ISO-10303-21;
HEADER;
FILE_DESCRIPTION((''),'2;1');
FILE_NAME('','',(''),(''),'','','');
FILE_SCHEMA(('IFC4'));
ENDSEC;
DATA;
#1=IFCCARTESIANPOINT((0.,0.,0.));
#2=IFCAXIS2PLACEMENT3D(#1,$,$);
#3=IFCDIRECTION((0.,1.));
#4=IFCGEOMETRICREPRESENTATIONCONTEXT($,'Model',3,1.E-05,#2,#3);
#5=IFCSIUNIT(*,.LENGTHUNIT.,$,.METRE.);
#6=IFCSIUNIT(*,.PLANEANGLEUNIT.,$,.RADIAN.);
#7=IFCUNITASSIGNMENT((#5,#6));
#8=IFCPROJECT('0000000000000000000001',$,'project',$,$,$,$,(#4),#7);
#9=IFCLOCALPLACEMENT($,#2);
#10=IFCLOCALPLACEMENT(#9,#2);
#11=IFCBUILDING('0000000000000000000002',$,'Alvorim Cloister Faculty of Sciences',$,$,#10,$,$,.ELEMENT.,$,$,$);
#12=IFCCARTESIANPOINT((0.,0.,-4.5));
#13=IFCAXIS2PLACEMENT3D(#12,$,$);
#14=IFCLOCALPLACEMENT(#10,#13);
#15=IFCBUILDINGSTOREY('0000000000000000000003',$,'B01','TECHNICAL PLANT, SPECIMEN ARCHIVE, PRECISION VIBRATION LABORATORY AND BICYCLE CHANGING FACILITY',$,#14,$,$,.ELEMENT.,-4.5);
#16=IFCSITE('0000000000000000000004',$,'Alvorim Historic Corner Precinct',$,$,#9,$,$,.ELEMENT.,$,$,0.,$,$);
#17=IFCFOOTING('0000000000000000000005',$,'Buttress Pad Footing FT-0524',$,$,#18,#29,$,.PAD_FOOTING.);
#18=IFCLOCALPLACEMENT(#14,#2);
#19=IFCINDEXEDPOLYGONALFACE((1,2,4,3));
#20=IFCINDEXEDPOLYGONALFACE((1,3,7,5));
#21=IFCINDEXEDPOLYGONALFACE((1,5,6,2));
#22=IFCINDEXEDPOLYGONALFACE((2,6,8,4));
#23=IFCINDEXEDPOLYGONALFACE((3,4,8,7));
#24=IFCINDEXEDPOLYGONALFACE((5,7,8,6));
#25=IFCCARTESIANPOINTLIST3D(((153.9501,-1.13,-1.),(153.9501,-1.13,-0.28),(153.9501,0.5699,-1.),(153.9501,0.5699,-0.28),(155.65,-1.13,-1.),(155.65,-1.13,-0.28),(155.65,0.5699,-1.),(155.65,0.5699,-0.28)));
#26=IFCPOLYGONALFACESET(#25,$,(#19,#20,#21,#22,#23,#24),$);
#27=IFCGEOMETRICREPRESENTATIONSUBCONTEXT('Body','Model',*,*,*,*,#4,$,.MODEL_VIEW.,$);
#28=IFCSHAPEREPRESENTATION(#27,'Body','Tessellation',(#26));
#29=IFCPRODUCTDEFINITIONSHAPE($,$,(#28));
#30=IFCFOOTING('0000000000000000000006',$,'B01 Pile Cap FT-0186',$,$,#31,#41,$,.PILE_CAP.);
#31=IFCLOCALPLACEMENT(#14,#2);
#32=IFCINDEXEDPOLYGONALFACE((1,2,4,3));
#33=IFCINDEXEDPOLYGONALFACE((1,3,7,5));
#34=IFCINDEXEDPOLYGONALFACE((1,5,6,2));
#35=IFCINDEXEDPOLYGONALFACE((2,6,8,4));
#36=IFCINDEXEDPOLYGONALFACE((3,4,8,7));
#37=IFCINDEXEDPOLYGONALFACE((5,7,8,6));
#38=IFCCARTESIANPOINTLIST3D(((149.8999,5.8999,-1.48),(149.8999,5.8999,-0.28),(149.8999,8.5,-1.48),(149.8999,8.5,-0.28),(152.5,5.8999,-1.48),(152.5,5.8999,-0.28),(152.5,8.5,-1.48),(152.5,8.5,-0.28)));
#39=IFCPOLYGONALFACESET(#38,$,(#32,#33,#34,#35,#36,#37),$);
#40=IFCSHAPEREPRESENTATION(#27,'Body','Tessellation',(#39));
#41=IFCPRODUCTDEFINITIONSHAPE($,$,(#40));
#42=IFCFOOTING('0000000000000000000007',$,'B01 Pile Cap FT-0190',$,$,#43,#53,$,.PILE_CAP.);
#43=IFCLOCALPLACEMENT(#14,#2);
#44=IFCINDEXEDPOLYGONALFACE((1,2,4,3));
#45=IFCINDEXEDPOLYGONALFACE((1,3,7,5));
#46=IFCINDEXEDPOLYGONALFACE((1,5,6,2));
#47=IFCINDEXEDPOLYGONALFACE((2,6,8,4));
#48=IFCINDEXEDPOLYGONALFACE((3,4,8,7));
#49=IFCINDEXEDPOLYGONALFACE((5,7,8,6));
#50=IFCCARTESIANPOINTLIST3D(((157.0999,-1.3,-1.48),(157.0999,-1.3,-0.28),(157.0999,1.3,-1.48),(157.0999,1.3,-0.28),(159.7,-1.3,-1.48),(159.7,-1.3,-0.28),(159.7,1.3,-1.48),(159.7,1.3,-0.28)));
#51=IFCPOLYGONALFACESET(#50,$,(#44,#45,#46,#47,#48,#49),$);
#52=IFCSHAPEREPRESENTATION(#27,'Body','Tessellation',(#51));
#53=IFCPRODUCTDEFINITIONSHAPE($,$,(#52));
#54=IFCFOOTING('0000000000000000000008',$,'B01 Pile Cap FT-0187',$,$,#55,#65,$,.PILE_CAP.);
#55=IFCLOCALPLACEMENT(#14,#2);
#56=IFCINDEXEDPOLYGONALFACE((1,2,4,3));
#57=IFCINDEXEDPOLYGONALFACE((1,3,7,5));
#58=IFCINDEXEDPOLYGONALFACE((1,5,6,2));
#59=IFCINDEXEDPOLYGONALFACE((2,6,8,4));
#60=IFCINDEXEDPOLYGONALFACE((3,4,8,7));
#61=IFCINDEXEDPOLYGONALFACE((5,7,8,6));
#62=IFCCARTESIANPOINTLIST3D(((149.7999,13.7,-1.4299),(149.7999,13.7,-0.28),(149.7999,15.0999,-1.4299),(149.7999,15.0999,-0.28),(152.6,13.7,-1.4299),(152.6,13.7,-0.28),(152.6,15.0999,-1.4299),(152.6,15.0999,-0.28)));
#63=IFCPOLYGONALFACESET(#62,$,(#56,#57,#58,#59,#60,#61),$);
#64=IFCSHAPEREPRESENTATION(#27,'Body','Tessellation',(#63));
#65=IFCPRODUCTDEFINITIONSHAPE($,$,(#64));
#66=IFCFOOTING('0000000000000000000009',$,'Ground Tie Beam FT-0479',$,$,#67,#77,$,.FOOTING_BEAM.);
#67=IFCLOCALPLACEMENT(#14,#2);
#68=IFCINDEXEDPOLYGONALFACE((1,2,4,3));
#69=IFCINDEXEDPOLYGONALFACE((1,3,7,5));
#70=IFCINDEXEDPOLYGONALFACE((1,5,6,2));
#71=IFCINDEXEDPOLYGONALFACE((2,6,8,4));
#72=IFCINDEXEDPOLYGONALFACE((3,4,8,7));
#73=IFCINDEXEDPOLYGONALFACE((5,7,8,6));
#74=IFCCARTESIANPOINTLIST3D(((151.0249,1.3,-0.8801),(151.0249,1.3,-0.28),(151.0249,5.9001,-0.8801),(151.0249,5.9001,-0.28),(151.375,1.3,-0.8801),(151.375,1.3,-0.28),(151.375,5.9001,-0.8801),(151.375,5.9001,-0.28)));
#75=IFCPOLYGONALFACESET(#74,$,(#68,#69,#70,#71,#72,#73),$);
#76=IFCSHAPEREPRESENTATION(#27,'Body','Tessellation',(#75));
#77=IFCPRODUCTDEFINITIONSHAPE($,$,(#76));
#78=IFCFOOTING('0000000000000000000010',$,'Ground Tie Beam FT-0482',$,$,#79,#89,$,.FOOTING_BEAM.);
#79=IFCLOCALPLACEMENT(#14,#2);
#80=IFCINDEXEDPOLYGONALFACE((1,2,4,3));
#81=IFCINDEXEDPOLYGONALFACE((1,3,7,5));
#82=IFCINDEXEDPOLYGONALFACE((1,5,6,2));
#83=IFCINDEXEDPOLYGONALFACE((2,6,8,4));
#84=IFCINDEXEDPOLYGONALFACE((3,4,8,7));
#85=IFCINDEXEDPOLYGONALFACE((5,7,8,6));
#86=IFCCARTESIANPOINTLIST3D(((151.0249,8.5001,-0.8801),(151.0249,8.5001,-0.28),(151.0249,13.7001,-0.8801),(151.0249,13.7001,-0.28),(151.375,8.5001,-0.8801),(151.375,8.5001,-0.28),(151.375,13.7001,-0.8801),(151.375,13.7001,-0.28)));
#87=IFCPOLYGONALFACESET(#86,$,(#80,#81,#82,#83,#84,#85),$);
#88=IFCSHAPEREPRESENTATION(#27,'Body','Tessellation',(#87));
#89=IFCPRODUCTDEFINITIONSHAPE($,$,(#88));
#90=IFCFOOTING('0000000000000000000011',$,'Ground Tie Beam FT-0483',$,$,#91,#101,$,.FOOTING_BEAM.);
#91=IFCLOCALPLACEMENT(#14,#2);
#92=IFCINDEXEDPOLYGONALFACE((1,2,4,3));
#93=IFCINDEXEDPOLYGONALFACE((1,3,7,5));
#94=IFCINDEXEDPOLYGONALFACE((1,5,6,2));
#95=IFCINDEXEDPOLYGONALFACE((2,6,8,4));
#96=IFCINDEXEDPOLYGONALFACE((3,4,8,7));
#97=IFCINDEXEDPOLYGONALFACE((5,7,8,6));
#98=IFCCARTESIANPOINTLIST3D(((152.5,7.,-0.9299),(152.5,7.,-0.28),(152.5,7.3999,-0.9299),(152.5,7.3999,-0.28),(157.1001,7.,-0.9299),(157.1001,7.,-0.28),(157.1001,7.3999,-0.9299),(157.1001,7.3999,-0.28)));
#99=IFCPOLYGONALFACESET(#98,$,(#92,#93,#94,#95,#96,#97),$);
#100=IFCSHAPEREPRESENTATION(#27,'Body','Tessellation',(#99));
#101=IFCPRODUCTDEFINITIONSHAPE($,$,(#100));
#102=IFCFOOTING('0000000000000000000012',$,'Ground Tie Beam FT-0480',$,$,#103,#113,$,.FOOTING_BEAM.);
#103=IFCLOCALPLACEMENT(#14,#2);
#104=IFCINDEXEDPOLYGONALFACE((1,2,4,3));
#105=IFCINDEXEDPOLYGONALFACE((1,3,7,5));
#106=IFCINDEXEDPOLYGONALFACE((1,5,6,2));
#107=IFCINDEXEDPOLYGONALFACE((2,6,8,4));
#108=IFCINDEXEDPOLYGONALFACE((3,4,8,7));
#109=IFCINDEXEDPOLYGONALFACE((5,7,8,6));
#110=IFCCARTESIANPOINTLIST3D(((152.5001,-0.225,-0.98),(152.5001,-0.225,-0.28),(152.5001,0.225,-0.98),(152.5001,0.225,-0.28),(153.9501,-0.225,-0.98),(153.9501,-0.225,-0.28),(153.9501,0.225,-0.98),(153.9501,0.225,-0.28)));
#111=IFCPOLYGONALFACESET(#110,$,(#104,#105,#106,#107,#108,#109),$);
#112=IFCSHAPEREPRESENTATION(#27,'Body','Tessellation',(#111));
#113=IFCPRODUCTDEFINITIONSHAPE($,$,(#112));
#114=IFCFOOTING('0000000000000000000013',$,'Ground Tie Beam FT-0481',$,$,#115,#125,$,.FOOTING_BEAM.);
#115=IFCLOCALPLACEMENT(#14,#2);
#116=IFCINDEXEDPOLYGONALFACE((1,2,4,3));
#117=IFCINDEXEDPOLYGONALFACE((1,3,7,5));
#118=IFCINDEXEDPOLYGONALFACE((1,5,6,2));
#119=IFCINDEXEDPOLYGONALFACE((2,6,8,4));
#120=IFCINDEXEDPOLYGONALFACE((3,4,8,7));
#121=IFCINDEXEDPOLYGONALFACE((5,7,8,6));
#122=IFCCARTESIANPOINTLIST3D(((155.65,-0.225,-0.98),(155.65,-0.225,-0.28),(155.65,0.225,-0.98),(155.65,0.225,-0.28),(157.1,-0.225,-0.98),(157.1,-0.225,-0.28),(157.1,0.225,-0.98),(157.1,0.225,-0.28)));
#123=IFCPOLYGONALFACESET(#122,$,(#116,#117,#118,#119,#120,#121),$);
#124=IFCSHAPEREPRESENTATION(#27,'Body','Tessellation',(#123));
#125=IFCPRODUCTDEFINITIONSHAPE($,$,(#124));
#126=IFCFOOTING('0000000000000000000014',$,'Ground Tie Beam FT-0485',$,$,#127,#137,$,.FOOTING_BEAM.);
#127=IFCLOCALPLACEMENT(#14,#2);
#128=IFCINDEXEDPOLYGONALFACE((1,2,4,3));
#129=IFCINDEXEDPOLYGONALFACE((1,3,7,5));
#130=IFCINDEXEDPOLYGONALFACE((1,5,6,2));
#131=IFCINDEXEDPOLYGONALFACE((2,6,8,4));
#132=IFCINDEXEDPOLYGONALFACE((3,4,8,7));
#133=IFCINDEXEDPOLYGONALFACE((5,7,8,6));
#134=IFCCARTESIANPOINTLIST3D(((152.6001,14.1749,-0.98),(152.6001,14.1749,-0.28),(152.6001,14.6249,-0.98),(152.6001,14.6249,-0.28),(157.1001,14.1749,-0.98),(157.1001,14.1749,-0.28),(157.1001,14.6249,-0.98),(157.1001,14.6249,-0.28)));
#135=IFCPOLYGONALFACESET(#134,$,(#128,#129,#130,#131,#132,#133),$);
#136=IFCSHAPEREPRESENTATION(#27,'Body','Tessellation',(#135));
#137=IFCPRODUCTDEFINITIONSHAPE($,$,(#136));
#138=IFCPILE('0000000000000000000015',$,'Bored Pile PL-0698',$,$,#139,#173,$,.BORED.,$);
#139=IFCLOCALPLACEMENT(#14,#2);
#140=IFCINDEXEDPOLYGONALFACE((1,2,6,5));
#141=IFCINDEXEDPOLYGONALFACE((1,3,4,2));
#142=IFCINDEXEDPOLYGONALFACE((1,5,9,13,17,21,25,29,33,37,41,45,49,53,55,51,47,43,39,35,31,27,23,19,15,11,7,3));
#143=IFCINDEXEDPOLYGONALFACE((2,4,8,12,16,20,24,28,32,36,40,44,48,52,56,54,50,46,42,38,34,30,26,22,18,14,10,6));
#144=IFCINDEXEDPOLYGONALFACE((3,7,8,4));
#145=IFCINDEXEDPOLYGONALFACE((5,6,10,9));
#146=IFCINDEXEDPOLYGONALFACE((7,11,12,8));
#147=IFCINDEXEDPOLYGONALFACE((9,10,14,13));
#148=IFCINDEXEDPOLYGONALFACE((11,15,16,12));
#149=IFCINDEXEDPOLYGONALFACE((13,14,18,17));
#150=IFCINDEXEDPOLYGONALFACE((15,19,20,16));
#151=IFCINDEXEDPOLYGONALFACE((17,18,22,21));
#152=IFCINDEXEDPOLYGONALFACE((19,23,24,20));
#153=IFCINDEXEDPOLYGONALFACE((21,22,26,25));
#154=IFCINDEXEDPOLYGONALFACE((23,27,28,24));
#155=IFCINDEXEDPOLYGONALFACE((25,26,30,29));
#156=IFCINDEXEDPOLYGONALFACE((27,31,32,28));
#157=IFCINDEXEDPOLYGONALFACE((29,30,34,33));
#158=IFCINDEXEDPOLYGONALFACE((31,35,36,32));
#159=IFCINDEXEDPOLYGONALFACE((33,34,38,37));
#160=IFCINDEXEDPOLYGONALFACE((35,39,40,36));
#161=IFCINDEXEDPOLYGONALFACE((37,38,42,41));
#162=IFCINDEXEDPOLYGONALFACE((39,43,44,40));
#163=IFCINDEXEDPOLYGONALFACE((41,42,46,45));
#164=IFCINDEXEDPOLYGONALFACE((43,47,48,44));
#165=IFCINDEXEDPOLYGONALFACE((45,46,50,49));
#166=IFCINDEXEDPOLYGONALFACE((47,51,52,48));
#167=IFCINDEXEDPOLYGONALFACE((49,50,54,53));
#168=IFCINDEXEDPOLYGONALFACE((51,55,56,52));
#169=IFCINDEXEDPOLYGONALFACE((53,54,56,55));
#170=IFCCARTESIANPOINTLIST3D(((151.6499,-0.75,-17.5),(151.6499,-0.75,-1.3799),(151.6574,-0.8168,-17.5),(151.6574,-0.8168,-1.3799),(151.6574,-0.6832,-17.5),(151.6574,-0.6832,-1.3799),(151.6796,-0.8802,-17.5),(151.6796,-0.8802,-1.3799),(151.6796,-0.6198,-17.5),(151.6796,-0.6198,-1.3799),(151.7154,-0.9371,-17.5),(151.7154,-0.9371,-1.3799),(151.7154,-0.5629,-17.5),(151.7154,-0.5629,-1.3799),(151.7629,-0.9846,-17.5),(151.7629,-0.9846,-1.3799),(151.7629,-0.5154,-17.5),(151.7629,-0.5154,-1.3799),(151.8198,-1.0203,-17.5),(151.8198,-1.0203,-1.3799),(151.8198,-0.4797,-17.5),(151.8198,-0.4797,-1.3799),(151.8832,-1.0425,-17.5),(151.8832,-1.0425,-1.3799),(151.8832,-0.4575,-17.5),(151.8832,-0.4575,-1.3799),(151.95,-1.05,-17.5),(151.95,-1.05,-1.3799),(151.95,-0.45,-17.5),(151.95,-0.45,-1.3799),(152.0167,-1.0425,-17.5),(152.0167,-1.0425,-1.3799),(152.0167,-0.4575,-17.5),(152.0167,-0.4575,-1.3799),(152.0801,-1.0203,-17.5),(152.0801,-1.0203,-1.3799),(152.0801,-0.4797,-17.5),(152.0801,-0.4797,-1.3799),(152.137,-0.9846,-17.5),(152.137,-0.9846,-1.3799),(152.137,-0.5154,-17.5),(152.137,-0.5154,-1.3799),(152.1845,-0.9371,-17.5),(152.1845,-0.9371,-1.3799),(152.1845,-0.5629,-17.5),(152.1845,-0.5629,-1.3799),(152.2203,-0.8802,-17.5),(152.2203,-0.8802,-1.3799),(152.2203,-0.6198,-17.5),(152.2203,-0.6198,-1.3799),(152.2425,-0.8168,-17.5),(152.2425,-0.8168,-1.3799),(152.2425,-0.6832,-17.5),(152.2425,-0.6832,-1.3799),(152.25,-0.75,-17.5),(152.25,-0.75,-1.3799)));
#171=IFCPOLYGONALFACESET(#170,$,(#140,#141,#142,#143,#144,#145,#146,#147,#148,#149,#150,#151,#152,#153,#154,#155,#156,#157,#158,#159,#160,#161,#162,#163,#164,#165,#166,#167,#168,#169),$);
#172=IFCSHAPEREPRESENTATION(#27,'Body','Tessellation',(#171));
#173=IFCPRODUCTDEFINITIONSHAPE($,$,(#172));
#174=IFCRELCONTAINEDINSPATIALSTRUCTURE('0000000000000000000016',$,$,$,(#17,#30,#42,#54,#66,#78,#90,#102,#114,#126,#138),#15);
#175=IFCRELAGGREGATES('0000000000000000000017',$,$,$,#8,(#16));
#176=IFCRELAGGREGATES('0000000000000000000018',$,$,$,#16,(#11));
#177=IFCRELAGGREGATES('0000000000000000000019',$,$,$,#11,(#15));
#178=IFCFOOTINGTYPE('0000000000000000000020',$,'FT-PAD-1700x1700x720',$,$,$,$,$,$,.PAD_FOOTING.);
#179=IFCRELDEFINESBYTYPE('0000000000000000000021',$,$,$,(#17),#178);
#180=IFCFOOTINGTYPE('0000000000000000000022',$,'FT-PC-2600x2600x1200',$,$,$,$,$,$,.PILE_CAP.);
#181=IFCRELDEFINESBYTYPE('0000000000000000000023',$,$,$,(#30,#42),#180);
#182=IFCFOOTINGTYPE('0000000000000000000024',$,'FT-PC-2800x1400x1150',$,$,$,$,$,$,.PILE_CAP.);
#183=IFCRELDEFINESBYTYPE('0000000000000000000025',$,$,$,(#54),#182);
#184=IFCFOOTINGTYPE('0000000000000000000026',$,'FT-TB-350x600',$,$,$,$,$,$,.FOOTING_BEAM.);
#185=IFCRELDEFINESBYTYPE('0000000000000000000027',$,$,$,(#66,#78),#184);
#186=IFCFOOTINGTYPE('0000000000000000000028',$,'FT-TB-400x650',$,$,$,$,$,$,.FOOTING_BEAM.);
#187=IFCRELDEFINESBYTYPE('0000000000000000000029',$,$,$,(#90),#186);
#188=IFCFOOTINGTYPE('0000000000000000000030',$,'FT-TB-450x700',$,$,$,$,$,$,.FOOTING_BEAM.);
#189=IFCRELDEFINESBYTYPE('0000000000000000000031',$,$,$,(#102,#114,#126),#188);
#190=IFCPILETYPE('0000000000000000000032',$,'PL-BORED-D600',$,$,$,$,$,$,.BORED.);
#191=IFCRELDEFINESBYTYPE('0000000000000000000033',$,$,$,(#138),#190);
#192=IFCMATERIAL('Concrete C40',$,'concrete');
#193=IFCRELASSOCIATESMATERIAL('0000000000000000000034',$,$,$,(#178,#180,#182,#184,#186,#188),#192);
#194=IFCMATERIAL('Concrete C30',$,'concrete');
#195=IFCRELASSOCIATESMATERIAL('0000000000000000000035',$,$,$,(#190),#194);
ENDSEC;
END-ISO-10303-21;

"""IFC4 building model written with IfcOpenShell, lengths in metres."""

from ifc_helpers import new_model, si_unit, direction, frame, origin, origin_2d, place, context, subcontext, project, spatial, rectangle, circle, extrude, material, material_profile, profile_set, type_object, element, save


model = new_model("IFC4")

# Units and contexts
model_context = context("Model", 3, precision=1e-05, world=origin(), true_north=direction((0.0, 1.0)))
body_context = subcontext(model_context, "Body", "Model", "MODEL_VIEW")
ifc_project = project(units=[si_unit("LENGTHUNIT", "METRE"), si_unit("PLANEANGLEUNIT", "RADIAN")], contexts=[model_context])

# Site, building, storey
site_placement = place(None, origin())
site = spatial("IfcSite", under=ifc_project, at=site_placement, Name="Alvorim Historic Corner Precinct", CompositionType="ELEMENT", RefElevation=0.0)
building_placement = place(site_placement, origin())
building = spatial("IfcBuilding", under=site, at=building_placement, Name="Alvorim Cloister Faculty of Sciences", CompositionType="ELEMENT")
storey_placement = place(building_placement, frame((0.0, 0.0, -4.5)))
storey = spatial("IfcBuildingStorey", under=building, at=storey_placement, Name="B01", Description="TECHNICAL PLANT, SPECIMEN ARCHIVE, PRECISION VIBRATION LABORATORY AND BICYCLE CHANGING FACILITY", CompositionType="ELEMENT", Elevation=-4.5)

# Footings
ifc_material_1 = material(Name="Concrete C40", Category="concrete")
footing_type_1 = type_object("IfcFootingType", Name="FT-PAD-1700x1700x720", PredefinedType="PAD_FOOTING", material=ifc_material_1)
footing_1_placement = place(storey_placement, frame((154.8, -0.28, -1.0), z_axis=(0.0, 0.0, 1.0), x_axis=(1.0, 0.0, 0.0)))
element("IfcFooting", 1, at=footing_1_placement, inside=storey, type_object=footing_type_1, Name="Buttress Pad Footing FT-0524", PredefinedType="PAD_FOOTING", context=body_context, shape_type="SweptSolid", body=[
    extrude(rectangle(XDim=1.7, YDim=1.7, at=origin_2d()), origin(), (0.0, 0.0, 1.0), 0.72),
])
footing_type_2 = type_object("IfcFootingType", Name="FT-PC-2600x2600x1200", PredefinedType="PILE_CAP", material=ifc_material_1)
for number, where, z_axis, x_axis, name in (
    (2, (151.2, 7.2, -1.48), (0.0, 0.0, 1.0), (1.0, 0.0, 0.0), "B01 Pile Cap FT-0186"),
    (3, (158.3999, 0.0, -1.48), (0.0, 0.0, 1.0), (1.0, 0.0, 0.0), "B01 Pile Cap FT-0190"),
):
    element("IfcFooting", number, at=place(storey_placement, frame(where, z_axis=z_axis, x_axis=x_axis)), inside=storey, type_object=footing_type_2, Name=name, PredefinedType="PILE_CAP", context=body_context, shape_type="SweptSolid", body=[
        extrude(rectangle(XDim=2.6001, YDim=2.6001, at=origin_2d()), origin(), (0.0, 0.0, 1.0), 1.2),
    ])
footing_type_3 = type_object("IfcFootingType", Name="FT-PC-2800x1400x1150", PredefinedType="PILE_CAP", material=ifc_material_1)
footing_2_placement = place(storey_placement, frame((151.2, 14.3999, -1.4299), z_axis=(0.0, 0.0, 1.0), x_axis=(1.0, 0.0, 0.0)))
element("IfcFooting", 4, at=footing_2_placement, inside=storey, type_object=footing_type_3, Name="B01 Pile Cap FT-0187", PredefinedType="PILE_CAP", context=body_context, shape_type="SweptSolid", body=[
    extrude(rectangle(XDim=2.8, YDim=1.3999, at=origin_2d()), origin(), (0.0, 0.0, 1.0), 1.1499),
])
footing_type_4 = type_object("IfcFootingType", Name="FT-TB-350x600", PredefinedType="FOOTING_BEAM", material=ifc_material_1)
footing_3_placement = place(storey_placement, frame((151.2, 3.6001, -0.8801), z_axis=(0.0, 0.0, 1.0), x_axis=(1.0, 0.0, 0.0)))
element("IfcFooting", 5, at=footing_3_placement, inside=storey, type_object=footing_type_4, Name="Ground Tie Beam FT-0479", PredefinedType="FOOTING_BEAM", context=body_context, shape_type="SweptSolid", body=[
    extrude(rectangle(XDim=0.3501, YDim=4.6001, at=origin_2d()), origin(), (0.0, 0.0, 1.0), 0.6001),
])
footing_4_placement = place(storey_placement, frame((151.2, 11.1001, -0.8801), z_axis=(0.0, 0.0, 1.0), x_axis=(1.0, 0.0, 0.0)))
element("IfcFooting", 6, at=footing_4_placement, inside=storey, type_object=footing_type_4, Name="Ground Tie Beam FT-0482", PredefinedType="FOOTING_BEAM", context=body_context, shape_type="SweptSolid", body=[
    extrude(rectangle(XDim=0.3501, YDim=5.2, at=origin_2d()), origin(), (0.0, 0.0, 1.0), 0.6001),
])
footing_type_5 = type_object("IfcFootingType", Name="FT-TB-400x650", PredefinedType="FOOTING_BEAM", material=ifc_material_1)
footing_5_placement = place(storey_placement, frame((154.8, 7.2, -0.9299), z_axis=(0.0, 0.0, 1.0), x_axis=(1.0, 0.0, 0.0)))
element("IfcFooting", 7, at=footing_5_placement, inside=storey, type_object=footing_type_5, Name="Ground Tie Beam FT-0483", PredefinedType="FOOTING_BEAM", context=body_context, shape_type="SweptSolid", body=[
    extrude(rectangle(XDim=4.6001, YDim=0.3999, at=origin_2d()), origin(), (0.0, 0.0, 1.0), 0.6499),
])
footing_type_6 = type_object("IfcFootingType", Name="FT-TB-450x700", PredefinedType="FOOTING_BEAM", material=ifc_material_1)
for number, where, z_axis, x_axis, name in (
    (8, (153.2251, 0.0, -0.98), (0.0, 0.0, 1.0), (1.0, 0.0, 0.0), "Ground Tie Beam FT-0480"),
    (9, (156.375, 0.0, -0.98), (0.0, 0.0, 1.0), (1.0, 0.0, 0.0), "Ground Tie Beam FT-0481"),
):
    element("IfcFooting", number, at=place(storey_placement, frame(where, z_axis=z_axis, x_axis=x_axis)), inside=storey, type_object=footing_type_6, Name=name, PredefinedType="FOOTING_BEAM", context=body_context, shape_type="SweptSolid", body=[
        extrude(rectangle(XDim=1.45, YDim=0.45, at=origin_2d()), origin(), (0.0, 0.0, 1.0), 0.7),
    ])
footing_6_placement = place(storey_placement, frame((154.8501, 14.3999, -0.98), z_axis=(0.0, 0.0, 1.0), x_axis=(1.0, 0.0, 0.0)))
element("IfcFooting", 10, at=footing_6_placement, inside=storey, type_object=footing_type_6, Name="Ground Tie Beam FT-0485", PredefinedType="FOOTING_BEAM", context=body_context, shape_type="SweptSolid", body=[
    extrude(rectangle(XDim=4.5, YDim=0.45, at=origin_2d()), origin(), (0.0, 0.0, 1.0), 0.7),
])

# Pile
ifc_material_2 = material(Name="Concrete C30", Category="concrete")
ifc_material_profile_1 = material_profile(ifc_material_2, circle(Radius=0.3, at=origin_2d()), Name="PILE-D600")
ifc_profile_set_1 = profile_set([ifc_material_profile_1], Name="Concrete C30")
pile_type = type_object("IfcPileType", Name="PL-BORED-D600", PredefinedType="BORED", material=ifc_profile_set_1)
for number, where, z_axis, x_axis, name in (
    (11, (151.95, -0.75, -1.3799), (0.0, 0.0, -1.0), (1.0, 0.0, 0.0), "Bored Pile PL-0698"),
):
    element("IfcPile", number, at=place(storey_placement, frame(where, z_axis=z_axis, x_axis=x_axis)), inside=storey, type_object=pile_type, Name=name, PredefinedType="BORED", context=body_context, shape_type="SweptSolid", body=[
        extrude(circle(Radius=0.3, at=origin_2d()), origin(), (0.0, 0.0, 1.0), 16.1201),
    ])

save(model, "model.ifc")
